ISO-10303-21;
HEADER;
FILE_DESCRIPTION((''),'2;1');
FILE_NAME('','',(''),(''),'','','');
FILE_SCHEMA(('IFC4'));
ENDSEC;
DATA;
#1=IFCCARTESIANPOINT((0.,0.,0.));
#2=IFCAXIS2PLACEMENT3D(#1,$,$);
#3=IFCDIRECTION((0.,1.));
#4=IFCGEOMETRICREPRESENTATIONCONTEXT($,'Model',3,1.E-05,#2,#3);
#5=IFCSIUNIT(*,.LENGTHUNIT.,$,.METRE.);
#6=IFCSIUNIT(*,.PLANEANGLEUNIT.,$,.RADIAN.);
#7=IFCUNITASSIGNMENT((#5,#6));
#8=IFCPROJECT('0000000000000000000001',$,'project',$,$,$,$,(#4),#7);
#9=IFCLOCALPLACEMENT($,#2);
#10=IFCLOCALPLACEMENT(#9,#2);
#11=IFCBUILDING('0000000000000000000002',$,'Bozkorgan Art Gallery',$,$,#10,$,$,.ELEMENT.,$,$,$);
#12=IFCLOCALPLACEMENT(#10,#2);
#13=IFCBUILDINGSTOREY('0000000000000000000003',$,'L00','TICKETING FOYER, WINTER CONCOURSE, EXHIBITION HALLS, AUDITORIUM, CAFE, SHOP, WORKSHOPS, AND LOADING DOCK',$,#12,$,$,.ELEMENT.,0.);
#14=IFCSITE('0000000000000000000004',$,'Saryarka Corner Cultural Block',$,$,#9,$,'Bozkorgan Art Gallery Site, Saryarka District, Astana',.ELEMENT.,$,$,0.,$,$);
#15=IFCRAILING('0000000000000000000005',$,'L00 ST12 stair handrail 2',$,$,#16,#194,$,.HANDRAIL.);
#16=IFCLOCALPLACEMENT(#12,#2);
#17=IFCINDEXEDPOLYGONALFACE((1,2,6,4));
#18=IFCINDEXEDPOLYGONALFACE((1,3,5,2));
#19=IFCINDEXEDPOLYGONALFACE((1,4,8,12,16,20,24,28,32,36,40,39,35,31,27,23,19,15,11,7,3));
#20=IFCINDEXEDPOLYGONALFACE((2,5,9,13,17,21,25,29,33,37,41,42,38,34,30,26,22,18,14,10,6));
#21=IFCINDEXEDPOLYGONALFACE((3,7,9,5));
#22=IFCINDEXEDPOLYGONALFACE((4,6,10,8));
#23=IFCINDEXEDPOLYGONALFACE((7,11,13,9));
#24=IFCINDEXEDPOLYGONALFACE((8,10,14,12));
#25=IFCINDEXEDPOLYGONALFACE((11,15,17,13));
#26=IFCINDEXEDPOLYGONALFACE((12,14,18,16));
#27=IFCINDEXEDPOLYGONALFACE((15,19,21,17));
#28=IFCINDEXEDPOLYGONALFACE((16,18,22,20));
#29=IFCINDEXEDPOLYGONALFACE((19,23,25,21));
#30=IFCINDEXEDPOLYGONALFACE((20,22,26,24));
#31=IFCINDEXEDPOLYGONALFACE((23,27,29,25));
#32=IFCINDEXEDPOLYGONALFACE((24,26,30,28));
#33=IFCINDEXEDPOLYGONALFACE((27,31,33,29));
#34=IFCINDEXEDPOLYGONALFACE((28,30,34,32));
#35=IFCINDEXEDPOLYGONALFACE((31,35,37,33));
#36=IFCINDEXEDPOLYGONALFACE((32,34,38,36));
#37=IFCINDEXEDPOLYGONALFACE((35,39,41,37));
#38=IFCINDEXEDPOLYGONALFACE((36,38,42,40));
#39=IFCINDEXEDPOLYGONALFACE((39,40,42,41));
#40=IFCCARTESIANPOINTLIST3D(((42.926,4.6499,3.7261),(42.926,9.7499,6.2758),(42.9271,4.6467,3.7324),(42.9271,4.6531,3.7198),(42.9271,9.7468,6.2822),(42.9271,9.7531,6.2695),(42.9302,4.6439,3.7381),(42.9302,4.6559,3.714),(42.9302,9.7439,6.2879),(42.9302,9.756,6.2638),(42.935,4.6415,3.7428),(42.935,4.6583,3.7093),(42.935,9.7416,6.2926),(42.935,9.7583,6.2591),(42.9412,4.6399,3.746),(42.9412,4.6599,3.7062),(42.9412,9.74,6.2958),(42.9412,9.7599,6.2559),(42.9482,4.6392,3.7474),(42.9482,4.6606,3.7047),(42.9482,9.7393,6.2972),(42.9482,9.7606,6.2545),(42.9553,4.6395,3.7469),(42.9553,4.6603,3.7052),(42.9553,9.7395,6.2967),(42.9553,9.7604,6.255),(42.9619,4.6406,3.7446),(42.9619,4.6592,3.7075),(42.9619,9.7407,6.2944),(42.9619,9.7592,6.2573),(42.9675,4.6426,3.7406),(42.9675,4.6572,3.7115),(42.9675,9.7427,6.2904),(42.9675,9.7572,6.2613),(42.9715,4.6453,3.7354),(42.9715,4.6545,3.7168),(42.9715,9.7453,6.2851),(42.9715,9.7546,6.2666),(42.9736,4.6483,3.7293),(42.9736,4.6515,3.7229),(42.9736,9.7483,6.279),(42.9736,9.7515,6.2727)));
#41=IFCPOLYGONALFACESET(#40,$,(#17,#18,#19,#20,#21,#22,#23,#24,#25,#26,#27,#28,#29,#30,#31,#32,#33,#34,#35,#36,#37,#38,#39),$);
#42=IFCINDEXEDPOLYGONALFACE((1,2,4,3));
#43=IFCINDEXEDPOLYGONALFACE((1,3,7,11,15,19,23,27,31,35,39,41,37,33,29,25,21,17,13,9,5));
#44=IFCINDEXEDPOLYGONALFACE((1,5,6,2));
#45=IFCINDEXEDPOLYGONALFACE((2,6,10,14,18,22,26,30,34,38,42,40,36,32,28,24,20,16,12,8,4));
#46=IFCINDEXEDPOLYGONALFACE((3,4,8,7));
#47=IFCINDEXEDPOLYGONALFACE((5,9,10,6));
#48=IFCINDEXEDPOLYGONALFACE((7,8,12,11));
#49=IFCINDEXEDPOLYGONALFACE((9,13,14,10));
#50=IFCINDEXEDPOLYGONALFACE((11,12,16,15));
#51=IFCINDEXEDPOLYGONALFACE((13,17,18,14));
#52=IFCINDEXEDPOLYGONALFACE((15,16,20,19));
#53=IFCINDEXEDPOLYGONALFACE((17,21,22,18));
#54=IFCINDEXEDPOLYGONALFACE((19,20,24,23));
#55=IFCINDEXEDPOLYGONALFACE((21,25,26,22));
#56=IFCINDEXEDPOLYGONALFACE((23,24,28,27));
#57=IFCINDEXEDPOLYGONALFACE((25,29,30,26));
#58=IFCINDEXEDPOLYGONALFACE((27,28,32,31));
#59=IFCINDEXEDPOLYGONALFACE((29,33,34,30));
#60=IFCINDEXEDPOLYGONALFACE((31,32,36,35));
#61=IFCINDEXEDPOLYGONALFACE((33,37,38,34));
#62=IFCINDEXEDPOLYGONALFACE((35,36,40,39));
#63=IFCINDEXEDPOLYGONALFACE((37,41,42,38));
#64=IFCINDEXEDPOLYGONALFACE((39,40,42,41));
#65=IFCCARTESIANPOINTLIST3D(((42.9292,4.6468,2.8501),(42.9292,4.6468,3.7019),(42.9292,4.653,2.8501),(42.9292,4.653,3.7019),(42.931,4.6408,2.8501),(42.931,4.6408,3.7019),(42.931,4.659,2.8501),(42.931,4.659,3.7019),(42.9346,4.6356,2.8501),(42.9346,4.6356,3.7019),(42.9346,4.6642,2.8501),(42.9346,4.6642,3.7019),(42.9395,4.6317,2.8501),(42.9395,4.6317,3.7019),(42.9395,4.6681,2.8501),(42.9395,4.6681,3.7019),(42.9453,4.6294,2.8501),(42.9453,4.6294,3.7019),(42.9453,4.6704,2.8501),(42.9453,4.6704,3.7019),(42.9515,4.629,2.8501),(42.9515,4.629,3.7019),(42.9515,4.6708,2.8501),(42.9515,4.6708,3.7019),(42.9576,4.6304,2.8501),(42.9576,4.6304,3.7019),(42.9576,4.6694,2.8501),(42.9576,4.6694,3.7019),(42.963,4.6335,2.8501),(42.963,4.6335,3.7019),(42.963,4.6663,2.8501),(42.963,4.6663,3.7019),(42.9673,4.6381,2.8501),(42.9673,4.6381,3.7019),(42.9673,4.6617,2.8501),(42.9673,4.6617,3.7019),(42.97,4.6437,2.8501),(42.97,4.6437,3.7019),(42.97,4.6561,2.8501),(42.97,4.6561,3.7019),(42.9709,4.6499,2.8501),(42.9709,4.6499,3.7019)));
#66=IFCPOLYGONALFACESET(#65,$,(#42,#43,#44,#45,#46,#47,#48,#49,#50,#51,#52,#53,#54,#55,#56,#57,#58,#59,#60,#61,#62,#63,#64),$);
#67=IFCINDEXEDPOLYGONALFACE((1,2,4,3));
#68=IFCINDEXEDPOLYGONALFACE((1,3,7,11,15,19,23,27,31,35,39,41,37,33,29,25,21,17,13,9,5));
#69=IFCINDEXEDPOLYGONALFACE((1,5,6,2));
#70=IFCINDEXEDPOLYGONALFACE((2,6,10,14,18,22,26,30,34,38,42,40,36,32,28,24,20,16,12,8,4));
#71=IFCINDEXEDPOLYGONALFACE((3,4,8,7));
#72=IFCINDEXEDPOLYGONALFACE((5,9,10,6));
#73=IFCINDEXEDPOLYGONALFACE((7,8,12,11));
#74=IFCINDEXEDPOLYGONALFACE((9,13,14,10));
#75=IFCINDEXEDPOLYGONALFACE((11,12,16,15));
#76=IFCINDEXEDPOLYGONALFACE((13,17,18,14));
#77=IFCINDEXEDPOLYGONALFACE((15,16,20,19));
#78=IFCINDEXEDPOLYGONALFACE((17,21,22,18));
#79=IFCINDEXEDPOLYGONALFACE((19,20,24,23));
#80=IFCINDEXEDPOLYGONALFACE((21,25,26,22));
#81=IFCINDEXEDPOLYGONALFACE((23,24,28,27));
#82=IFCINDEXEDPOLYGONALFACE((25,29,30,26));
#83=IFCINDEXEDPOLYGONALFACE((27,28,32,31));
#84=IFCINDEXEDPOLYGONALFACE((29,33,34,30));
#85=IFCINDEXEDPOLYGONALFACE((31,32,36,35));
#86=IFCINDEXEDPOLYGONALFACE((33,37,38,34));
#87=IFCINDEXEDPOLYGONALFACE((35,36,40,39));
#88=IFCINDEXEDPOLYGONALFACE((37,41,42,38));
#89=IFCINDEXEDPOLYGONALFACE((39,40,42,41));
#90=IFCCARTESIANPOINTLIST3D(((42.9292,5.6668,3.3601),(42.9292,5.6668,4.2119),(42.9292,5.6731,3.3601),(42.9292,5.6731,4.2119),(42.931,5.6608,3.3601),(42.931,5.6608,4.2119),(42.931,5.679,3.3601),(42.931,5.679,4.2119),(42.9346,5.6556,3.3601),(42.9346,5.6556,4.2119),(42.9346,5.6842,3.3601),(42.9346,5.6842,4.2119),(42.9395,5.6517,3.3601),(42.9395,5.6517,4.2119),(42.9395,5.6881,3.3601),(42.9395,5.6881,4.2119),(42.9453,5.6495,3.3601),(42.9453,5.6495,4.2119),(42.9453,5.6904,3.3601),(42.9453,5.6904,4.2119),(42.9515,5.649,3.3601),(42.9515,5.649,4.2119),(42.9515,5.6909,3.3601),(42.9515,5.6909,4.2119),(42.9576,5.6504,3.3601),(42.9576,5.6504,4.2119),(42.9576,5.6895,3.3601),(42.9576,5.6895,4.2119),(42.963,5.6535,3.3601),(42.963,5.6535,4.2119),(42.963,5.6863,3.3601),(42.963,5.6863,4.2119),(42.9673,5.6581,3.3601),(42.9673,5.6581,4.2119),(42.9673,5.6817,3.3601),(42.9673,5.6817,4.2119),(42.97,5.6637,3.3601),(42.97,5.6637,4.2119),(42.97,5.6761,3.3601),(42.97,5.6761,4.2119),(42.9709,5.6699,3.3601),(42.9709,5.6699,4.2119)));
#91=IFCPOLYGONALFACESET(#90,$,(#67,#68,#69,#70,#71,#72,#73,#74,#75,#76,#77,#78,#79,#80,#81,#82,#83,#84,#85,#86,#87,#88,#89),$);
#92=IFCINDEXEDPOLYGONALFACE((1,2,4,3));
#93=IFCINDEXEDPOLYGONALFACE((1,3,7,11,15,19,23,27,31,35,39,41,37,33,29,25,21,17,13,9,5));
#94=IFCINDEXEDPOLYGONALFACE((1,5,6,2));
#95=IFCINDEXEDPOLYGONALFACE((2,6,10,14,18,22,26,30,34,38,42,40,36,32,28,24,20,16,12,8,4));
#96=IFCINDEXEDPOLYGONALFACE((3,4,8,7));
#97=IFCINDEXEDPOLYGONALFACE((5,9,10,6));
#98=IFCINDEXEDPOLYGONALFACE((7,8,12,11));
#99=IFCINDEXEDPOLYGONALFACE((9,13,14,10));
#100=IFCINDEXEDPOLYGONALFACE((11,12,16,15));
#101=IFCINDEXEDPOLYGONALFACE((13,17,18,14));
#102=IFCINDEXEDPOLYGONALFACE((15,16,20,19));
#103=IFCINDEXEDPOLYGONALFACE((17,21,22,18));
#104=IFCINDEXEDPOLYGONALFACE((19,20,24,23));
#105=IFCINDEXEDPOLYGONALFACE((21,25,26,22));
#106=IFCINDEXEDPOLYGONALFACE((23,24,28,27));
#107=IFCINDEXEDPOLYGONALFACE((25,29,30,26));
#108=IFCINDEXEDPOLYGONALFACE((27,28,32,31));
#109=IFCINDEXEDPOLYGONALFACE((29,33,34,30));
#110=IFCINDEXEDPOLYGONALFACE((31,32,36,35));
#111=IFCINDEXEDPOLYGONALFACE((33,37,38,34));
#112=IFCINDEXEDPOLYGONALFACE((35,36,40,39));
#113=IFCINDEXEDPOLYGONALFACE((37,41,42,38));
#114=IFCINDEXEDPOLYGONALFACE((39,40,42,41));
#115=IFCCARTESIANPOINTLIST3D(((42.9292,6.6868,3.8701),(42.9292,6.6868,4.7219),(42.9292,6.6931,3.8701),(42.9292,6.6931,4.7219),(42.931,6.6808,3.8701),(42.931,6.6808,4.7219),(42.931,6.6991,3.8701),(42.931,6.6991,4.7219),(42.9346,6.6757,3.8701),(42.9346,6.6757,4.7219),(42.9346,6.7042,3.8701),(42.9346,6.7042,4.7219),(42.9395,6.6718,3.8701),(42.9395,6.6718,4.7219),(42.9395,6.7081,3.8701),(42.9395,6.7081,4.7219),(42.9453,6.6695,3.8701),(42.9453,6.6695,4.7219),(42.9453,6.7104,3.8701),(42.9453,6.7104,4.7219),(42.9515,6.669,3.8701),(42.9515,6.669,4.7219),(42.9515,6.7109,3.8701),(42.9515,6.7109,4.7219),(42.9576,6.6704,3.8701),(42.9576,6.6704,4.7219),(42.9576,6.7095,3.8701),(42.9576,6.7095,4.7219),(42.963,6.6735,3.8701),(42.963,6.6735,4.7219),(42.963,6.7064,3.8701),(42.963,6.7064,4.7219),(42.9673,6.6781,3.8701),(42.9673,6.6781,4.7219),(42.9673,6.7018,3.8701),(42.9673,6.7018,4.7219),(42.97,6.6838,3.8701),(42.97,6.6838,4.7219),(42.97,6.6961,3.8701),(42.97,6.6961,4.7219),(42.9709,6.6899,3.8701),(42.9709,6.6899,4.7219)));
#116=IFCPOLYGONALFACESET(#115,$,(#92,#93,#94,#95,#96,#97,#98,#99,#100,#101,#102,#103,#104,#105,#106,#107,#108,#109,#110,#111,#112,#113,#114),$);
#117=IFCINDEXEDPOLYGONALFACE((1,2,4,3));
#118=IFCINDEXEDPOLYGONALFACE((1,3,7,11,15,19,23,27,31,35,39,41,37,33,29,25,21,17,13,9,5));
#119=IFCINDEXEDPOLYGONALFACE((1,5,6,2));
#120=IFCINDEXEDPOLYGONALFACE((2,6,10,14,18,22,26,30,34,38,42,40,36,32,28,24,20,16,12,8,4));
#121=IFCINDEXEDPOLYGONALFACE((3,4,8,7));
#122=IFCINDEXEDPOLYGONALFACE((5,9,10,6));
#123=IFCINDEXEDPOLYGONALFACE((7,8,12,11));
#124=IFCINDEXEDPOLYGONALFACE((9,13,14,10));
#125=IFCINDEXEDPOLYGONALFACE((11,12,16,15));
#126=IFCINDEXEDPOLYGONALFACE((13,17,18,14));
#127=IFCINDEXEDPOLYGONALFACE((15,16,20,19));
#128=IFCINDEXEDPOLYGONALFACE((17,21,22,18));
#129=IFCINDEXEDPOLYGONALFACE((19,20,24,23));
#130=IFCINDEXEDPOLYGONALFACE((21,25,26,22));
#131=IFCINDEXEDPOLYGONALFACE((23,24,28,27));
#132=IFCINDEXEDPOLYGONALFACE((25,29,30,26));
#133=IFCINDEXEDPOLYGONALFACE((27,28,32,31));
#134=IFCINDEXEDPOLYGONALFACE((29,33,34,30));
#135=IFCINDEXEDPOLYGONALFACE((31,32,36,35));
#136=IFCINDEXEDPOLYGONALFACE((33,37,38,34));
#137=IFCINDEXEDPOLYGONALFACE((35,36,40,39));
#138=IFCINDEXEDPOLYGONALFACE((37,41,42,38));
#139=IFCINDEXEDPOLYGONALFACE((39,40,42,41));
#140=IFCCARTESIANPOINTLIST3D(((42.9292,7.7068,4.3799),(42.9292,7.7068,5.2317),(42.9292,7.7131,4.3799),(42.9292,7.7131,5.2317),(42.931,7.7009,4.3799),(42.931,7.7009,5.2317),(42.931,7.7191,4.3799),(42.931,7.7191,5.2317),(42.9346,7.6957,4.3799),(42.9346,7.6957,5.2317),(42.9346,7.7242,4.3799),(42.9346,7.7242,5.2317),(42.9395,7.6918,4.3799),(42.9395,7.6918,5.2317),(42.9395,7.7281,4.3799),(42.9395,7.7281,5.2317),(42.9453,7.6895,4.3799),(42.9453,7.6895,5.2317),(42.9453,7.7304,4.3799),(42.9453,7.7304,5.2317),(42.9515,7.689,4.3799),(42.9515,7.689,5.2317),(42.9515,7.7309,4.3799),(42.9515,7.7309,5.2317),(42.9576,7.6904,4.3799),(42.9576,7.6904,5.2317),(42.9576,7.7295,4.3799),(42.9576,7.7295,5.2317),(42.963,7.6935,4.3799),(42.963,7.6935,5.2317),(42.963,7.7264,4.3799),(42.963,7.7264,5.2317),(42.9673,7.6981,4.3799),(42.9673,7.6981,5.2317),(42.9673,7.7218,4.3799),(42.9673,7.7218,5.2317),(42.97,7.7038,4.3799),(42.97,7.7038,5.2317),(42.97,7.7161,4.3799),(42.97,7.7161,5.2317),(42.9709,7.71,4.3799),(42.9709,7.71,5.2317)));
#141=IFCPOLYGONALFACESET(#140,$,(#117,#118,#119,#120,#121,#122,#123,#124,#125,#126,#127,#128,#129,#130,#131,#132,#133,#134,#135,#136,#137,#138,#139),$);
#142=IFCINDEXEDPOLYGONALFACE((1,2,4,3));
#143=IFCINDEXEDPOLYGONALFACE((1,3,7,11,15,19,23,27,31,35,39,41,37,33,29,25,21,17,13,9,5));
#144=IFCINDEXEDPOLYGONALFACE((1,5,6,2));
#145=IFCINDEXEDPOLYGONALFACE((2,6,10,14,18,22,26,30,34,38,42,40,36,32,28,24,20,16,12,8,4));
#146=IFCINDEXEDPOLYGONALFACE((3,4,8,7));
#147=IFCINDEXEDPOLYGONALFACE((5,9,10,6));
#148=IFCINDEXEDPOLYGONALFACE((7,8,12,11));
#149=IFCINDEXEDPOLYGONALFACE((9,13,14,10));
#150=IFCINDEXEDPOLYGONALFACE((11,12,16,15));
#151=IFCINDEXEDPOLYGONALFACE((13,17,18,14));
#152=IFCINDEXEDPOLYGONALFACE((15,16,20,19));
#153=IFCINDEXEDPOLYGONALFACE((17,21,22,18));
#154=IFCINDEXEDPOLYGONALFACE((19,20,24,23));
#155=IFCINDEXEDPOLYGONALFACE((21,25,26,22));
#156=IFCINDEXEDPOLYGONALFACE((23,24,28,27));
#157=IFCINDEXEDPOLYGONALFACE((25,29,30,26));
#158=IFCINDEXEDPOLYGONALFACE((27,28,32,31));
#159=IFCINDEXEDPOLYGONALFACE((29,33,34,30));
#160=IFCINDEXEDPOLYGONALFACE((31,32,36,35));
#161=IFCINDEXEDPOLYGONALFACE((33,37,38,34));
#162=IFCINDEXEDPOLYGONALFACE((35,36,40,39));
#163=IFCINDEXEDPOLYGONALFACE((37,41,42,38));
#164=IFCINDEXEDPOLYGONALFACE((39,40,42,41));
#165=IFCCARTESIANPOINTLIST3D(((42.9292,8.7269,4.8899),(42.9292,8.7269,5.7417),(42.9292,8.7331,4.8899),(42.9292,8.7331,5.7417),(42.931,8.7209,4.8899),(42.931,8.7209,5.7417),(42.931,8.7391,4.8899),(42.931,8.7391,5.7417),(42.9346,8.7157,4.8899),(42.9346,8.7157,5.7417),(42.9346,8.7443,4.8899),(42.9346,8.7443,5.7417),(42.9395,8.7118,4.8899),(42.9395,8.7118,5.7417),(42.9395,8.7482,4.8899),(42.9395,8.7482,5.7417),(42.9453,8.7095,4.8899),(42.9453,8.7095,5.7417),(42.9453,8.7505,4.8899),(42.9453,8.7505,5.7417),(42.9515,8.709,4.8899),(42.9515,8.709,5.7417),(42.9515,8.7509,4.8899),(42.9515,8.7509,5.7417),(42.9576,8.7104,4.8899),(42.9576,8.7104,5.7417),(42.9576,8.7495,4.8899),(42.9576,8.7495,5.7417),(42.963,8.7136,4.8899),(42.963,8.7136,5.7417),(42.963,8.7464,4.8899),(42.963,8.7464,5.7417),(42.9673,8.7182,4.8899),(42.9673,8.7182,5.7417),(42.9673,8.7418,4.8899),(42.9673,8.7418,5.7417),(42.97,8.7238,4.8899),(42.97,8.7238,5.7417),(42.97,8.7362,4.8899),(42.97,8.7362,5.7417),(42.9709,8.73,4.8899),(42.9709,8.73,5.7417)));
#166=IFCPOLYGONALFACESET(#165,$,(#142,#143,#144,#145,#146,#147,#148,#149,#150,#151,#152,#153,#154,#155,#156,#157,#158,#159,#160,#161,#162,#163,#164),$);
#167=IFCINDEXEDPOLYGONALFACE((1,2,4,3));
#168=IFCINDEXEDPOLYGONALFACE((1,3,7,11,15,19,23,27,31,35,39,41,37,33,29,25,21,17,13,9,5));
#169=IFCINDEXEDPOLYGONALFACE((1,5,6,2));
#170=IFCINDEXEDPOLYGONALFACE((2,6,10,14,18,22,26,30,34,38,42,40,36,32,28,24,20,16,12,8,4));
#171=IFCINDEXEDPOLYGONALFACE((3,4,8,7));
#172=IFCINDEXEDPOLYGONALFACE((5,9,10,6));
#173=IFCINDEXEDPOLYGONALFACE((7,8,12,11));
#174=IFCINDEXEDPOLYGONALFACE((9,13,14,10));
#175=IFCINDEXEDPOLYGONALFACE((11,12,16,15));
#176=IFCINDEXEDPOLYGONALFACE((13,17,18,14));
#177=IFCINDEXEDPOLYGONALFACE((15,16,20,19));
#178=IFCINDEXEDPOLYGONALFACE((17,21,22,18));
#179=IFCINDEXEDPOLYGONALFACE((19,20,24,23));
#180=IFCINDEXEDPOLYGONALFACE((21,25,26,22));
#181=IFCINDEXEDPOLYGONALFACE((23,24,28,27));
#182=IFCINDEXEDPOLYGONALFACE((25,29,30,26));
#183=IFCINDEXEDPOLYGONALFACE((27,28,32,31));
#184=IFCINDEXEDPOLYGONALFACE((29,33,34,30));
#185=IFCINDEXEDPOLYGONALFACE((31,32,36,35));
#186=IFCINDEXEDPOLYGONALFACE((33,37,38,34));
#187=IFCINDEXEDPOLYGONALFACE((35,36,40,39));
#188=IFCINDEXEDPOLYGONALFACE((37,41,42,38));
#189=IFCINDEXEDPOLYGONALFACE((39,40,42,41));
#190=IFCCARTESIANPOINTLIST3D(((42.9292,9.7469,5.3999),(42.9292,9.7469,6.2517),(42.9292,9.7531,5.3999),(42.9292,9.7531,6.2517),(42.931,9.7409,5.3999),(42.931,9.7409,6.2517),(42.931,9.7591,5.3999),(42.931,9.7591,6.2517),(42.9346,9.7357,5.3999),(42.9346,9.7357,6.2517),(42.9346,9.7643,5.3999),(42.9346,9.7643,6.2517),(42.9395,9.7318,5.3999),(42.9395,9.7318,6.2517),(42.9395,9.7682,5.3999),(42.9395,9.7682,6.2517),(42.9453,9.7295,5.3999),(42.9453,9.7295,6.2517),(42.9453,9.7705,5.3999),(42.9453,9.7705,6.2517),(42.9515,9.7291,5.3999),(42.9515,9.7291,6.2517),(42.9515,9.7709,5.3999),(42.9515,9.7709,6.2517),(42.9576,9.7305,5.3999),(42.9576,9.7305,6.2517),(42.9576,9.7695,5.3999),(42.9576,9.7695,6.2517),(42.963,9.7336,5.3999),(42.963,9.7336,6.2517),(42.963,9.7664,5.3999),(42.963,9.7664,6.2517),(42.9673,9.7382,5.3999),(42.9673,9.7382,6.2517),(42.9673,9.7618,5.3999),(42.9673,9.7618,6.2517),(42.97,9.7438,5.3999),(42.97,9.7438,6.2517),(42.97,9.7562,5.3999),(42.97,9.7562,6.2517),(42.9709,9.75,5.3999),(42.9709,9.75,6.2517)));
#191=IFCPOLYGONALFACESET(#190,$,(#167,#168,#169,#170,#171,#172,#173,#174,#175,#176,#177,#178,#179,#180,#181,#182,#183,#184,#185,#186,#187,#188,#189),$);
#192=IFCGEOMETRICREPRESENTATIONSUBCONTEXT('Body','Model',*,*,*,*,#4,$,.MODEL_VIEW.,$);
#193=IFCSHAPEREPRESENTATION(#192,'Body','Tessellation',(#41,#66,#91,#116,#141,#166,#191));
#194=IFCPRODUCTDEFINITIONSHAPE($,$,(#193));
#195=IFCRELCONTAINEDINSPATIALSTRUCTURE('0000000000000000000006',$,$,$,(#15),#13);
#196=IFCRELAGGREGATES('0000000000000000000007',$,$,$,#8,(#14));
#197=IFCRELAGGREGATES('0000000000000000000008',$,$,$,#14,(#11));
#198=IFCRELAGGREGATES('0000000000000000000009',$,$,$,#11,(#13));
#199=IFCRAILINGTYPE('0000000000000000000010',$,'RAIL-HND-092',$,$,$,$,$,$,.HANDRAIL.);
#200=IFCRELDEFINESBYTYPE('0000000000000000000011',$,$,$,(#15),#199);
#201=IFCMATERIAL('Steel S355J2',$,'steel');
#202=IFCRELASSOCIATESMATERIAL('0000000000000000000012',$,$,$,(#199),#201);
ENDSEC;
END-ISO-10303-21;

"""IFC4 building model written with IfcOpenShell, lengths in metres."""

from ifc_helpers import new_model, si_unit, direction, frame, origin, origin_2d, place, context, subcontext, project, spatial, circle, extrude, material, type_object, element, save


model = new_model("IFC4")

# Units and contexts
model_context = context("Model", 3, precision=1e-05, world=origin(), true_north=direction((0.0, 1.0)))
body_context = subcontext(model_context, "Body", "Model", "MODEL_VIEW")
ifc_project = project(units=[si_unit("LENGTHUNIT", "METRE"), si_unit("PLANEANGLEUNIT", "RADIAN")], contexts=[model_context])

# Site, building, storey
site_placement = place(None, origin())
site = spatial("IfcSite", under=ifc_project, at=site_placement, Name="Saryarka Corner Cultural Block", LongName="Bozkorgan Art Gallery Site, Saryarka District, Astana", CompositionType="ELEMENT", RefElevation=0.0)
building_placement = place(site_placement, origin())
building = spatial("IfcBuilding", under=site, at=building_placement, Name="Bozkorgan Art Gallery", CompositionType="ELEMENT")
storey_placement = place(building_placement, origin())
storey = spatial("IfcBuildingStorey", under=building, at=storey_placement, Name="L00", Description="TICKETING FOYER, WINTER CONCOURSE, EXHIBITION HALLS, AUDITORIUM, CAFE, SHOP, WORKSHOPS, AND LOADING DOCK", CompositionType="ELEMENT", Elevation=0.0)

# Shared definitions
ifc_material_1 = material(Name="Steel S355J2", Category="steel")

# Railing
railing_type_1 = type_object("IfcRailingType", Name="RAIL-HND-092", PredefinedType="HANDRAIL", material=ifc_material_1)
railing_1_placement = place(storey_placement, frame((42.95, 4.6499, 2.8501)))
element("IfcRailing", 1, at=railing_1_placement, inside=storey, type_object=railing_type_1, Name="L00 ST12 stair handrail 2", PredefinedType="HANDRAIL", context=body_context, shape_type="SweptSolid", body=[
    extrude(circle(Radius=0.0239, at=origin_2d()), frame((0.0, 0.0, 0.876), z_axis=(0.0, 0.894444, 0.447179), x_axis=(-1.0, 0.0, 0.0)), (0.0, 0.0, 1.0), 5.7019),
    extrude(circle(Radius=0.021, at=origin_2d()), origin(), (0.0, 0.0, 1.0), 0.8518),
    extrude(circle(Radius=0.021, at=origin_2d()), frame((0.0, 1.02, 0.51)), (0.0, 0.0, 1.0), 0.8518),
    extrude(circle(Radius=0.021, at=origin_2d()), frame((0.0, 2.04, 1.02)), (0.0, 0.0, 1.0), 0.8518),
    extrude(circle(Radius=0.021, at=origin_2d()), frame((0.0, 3.0601, 1.5298)), (0.0, 0.0, 1.0), 0.8518),
    extrude(circle(Radius=0.021, at=origin_2d()), frame((0.0, 4.0801, 2.0398)), (0.0, 0.0, 1.0), 0.8518),
    extrude(circle(Radius=0.021, at=origin_2d()), frame((0.0, 5.1001, 2.5498)), (0.0, 0.0, 1.0), 0.8518),
])

save(model, "model.ifc")
